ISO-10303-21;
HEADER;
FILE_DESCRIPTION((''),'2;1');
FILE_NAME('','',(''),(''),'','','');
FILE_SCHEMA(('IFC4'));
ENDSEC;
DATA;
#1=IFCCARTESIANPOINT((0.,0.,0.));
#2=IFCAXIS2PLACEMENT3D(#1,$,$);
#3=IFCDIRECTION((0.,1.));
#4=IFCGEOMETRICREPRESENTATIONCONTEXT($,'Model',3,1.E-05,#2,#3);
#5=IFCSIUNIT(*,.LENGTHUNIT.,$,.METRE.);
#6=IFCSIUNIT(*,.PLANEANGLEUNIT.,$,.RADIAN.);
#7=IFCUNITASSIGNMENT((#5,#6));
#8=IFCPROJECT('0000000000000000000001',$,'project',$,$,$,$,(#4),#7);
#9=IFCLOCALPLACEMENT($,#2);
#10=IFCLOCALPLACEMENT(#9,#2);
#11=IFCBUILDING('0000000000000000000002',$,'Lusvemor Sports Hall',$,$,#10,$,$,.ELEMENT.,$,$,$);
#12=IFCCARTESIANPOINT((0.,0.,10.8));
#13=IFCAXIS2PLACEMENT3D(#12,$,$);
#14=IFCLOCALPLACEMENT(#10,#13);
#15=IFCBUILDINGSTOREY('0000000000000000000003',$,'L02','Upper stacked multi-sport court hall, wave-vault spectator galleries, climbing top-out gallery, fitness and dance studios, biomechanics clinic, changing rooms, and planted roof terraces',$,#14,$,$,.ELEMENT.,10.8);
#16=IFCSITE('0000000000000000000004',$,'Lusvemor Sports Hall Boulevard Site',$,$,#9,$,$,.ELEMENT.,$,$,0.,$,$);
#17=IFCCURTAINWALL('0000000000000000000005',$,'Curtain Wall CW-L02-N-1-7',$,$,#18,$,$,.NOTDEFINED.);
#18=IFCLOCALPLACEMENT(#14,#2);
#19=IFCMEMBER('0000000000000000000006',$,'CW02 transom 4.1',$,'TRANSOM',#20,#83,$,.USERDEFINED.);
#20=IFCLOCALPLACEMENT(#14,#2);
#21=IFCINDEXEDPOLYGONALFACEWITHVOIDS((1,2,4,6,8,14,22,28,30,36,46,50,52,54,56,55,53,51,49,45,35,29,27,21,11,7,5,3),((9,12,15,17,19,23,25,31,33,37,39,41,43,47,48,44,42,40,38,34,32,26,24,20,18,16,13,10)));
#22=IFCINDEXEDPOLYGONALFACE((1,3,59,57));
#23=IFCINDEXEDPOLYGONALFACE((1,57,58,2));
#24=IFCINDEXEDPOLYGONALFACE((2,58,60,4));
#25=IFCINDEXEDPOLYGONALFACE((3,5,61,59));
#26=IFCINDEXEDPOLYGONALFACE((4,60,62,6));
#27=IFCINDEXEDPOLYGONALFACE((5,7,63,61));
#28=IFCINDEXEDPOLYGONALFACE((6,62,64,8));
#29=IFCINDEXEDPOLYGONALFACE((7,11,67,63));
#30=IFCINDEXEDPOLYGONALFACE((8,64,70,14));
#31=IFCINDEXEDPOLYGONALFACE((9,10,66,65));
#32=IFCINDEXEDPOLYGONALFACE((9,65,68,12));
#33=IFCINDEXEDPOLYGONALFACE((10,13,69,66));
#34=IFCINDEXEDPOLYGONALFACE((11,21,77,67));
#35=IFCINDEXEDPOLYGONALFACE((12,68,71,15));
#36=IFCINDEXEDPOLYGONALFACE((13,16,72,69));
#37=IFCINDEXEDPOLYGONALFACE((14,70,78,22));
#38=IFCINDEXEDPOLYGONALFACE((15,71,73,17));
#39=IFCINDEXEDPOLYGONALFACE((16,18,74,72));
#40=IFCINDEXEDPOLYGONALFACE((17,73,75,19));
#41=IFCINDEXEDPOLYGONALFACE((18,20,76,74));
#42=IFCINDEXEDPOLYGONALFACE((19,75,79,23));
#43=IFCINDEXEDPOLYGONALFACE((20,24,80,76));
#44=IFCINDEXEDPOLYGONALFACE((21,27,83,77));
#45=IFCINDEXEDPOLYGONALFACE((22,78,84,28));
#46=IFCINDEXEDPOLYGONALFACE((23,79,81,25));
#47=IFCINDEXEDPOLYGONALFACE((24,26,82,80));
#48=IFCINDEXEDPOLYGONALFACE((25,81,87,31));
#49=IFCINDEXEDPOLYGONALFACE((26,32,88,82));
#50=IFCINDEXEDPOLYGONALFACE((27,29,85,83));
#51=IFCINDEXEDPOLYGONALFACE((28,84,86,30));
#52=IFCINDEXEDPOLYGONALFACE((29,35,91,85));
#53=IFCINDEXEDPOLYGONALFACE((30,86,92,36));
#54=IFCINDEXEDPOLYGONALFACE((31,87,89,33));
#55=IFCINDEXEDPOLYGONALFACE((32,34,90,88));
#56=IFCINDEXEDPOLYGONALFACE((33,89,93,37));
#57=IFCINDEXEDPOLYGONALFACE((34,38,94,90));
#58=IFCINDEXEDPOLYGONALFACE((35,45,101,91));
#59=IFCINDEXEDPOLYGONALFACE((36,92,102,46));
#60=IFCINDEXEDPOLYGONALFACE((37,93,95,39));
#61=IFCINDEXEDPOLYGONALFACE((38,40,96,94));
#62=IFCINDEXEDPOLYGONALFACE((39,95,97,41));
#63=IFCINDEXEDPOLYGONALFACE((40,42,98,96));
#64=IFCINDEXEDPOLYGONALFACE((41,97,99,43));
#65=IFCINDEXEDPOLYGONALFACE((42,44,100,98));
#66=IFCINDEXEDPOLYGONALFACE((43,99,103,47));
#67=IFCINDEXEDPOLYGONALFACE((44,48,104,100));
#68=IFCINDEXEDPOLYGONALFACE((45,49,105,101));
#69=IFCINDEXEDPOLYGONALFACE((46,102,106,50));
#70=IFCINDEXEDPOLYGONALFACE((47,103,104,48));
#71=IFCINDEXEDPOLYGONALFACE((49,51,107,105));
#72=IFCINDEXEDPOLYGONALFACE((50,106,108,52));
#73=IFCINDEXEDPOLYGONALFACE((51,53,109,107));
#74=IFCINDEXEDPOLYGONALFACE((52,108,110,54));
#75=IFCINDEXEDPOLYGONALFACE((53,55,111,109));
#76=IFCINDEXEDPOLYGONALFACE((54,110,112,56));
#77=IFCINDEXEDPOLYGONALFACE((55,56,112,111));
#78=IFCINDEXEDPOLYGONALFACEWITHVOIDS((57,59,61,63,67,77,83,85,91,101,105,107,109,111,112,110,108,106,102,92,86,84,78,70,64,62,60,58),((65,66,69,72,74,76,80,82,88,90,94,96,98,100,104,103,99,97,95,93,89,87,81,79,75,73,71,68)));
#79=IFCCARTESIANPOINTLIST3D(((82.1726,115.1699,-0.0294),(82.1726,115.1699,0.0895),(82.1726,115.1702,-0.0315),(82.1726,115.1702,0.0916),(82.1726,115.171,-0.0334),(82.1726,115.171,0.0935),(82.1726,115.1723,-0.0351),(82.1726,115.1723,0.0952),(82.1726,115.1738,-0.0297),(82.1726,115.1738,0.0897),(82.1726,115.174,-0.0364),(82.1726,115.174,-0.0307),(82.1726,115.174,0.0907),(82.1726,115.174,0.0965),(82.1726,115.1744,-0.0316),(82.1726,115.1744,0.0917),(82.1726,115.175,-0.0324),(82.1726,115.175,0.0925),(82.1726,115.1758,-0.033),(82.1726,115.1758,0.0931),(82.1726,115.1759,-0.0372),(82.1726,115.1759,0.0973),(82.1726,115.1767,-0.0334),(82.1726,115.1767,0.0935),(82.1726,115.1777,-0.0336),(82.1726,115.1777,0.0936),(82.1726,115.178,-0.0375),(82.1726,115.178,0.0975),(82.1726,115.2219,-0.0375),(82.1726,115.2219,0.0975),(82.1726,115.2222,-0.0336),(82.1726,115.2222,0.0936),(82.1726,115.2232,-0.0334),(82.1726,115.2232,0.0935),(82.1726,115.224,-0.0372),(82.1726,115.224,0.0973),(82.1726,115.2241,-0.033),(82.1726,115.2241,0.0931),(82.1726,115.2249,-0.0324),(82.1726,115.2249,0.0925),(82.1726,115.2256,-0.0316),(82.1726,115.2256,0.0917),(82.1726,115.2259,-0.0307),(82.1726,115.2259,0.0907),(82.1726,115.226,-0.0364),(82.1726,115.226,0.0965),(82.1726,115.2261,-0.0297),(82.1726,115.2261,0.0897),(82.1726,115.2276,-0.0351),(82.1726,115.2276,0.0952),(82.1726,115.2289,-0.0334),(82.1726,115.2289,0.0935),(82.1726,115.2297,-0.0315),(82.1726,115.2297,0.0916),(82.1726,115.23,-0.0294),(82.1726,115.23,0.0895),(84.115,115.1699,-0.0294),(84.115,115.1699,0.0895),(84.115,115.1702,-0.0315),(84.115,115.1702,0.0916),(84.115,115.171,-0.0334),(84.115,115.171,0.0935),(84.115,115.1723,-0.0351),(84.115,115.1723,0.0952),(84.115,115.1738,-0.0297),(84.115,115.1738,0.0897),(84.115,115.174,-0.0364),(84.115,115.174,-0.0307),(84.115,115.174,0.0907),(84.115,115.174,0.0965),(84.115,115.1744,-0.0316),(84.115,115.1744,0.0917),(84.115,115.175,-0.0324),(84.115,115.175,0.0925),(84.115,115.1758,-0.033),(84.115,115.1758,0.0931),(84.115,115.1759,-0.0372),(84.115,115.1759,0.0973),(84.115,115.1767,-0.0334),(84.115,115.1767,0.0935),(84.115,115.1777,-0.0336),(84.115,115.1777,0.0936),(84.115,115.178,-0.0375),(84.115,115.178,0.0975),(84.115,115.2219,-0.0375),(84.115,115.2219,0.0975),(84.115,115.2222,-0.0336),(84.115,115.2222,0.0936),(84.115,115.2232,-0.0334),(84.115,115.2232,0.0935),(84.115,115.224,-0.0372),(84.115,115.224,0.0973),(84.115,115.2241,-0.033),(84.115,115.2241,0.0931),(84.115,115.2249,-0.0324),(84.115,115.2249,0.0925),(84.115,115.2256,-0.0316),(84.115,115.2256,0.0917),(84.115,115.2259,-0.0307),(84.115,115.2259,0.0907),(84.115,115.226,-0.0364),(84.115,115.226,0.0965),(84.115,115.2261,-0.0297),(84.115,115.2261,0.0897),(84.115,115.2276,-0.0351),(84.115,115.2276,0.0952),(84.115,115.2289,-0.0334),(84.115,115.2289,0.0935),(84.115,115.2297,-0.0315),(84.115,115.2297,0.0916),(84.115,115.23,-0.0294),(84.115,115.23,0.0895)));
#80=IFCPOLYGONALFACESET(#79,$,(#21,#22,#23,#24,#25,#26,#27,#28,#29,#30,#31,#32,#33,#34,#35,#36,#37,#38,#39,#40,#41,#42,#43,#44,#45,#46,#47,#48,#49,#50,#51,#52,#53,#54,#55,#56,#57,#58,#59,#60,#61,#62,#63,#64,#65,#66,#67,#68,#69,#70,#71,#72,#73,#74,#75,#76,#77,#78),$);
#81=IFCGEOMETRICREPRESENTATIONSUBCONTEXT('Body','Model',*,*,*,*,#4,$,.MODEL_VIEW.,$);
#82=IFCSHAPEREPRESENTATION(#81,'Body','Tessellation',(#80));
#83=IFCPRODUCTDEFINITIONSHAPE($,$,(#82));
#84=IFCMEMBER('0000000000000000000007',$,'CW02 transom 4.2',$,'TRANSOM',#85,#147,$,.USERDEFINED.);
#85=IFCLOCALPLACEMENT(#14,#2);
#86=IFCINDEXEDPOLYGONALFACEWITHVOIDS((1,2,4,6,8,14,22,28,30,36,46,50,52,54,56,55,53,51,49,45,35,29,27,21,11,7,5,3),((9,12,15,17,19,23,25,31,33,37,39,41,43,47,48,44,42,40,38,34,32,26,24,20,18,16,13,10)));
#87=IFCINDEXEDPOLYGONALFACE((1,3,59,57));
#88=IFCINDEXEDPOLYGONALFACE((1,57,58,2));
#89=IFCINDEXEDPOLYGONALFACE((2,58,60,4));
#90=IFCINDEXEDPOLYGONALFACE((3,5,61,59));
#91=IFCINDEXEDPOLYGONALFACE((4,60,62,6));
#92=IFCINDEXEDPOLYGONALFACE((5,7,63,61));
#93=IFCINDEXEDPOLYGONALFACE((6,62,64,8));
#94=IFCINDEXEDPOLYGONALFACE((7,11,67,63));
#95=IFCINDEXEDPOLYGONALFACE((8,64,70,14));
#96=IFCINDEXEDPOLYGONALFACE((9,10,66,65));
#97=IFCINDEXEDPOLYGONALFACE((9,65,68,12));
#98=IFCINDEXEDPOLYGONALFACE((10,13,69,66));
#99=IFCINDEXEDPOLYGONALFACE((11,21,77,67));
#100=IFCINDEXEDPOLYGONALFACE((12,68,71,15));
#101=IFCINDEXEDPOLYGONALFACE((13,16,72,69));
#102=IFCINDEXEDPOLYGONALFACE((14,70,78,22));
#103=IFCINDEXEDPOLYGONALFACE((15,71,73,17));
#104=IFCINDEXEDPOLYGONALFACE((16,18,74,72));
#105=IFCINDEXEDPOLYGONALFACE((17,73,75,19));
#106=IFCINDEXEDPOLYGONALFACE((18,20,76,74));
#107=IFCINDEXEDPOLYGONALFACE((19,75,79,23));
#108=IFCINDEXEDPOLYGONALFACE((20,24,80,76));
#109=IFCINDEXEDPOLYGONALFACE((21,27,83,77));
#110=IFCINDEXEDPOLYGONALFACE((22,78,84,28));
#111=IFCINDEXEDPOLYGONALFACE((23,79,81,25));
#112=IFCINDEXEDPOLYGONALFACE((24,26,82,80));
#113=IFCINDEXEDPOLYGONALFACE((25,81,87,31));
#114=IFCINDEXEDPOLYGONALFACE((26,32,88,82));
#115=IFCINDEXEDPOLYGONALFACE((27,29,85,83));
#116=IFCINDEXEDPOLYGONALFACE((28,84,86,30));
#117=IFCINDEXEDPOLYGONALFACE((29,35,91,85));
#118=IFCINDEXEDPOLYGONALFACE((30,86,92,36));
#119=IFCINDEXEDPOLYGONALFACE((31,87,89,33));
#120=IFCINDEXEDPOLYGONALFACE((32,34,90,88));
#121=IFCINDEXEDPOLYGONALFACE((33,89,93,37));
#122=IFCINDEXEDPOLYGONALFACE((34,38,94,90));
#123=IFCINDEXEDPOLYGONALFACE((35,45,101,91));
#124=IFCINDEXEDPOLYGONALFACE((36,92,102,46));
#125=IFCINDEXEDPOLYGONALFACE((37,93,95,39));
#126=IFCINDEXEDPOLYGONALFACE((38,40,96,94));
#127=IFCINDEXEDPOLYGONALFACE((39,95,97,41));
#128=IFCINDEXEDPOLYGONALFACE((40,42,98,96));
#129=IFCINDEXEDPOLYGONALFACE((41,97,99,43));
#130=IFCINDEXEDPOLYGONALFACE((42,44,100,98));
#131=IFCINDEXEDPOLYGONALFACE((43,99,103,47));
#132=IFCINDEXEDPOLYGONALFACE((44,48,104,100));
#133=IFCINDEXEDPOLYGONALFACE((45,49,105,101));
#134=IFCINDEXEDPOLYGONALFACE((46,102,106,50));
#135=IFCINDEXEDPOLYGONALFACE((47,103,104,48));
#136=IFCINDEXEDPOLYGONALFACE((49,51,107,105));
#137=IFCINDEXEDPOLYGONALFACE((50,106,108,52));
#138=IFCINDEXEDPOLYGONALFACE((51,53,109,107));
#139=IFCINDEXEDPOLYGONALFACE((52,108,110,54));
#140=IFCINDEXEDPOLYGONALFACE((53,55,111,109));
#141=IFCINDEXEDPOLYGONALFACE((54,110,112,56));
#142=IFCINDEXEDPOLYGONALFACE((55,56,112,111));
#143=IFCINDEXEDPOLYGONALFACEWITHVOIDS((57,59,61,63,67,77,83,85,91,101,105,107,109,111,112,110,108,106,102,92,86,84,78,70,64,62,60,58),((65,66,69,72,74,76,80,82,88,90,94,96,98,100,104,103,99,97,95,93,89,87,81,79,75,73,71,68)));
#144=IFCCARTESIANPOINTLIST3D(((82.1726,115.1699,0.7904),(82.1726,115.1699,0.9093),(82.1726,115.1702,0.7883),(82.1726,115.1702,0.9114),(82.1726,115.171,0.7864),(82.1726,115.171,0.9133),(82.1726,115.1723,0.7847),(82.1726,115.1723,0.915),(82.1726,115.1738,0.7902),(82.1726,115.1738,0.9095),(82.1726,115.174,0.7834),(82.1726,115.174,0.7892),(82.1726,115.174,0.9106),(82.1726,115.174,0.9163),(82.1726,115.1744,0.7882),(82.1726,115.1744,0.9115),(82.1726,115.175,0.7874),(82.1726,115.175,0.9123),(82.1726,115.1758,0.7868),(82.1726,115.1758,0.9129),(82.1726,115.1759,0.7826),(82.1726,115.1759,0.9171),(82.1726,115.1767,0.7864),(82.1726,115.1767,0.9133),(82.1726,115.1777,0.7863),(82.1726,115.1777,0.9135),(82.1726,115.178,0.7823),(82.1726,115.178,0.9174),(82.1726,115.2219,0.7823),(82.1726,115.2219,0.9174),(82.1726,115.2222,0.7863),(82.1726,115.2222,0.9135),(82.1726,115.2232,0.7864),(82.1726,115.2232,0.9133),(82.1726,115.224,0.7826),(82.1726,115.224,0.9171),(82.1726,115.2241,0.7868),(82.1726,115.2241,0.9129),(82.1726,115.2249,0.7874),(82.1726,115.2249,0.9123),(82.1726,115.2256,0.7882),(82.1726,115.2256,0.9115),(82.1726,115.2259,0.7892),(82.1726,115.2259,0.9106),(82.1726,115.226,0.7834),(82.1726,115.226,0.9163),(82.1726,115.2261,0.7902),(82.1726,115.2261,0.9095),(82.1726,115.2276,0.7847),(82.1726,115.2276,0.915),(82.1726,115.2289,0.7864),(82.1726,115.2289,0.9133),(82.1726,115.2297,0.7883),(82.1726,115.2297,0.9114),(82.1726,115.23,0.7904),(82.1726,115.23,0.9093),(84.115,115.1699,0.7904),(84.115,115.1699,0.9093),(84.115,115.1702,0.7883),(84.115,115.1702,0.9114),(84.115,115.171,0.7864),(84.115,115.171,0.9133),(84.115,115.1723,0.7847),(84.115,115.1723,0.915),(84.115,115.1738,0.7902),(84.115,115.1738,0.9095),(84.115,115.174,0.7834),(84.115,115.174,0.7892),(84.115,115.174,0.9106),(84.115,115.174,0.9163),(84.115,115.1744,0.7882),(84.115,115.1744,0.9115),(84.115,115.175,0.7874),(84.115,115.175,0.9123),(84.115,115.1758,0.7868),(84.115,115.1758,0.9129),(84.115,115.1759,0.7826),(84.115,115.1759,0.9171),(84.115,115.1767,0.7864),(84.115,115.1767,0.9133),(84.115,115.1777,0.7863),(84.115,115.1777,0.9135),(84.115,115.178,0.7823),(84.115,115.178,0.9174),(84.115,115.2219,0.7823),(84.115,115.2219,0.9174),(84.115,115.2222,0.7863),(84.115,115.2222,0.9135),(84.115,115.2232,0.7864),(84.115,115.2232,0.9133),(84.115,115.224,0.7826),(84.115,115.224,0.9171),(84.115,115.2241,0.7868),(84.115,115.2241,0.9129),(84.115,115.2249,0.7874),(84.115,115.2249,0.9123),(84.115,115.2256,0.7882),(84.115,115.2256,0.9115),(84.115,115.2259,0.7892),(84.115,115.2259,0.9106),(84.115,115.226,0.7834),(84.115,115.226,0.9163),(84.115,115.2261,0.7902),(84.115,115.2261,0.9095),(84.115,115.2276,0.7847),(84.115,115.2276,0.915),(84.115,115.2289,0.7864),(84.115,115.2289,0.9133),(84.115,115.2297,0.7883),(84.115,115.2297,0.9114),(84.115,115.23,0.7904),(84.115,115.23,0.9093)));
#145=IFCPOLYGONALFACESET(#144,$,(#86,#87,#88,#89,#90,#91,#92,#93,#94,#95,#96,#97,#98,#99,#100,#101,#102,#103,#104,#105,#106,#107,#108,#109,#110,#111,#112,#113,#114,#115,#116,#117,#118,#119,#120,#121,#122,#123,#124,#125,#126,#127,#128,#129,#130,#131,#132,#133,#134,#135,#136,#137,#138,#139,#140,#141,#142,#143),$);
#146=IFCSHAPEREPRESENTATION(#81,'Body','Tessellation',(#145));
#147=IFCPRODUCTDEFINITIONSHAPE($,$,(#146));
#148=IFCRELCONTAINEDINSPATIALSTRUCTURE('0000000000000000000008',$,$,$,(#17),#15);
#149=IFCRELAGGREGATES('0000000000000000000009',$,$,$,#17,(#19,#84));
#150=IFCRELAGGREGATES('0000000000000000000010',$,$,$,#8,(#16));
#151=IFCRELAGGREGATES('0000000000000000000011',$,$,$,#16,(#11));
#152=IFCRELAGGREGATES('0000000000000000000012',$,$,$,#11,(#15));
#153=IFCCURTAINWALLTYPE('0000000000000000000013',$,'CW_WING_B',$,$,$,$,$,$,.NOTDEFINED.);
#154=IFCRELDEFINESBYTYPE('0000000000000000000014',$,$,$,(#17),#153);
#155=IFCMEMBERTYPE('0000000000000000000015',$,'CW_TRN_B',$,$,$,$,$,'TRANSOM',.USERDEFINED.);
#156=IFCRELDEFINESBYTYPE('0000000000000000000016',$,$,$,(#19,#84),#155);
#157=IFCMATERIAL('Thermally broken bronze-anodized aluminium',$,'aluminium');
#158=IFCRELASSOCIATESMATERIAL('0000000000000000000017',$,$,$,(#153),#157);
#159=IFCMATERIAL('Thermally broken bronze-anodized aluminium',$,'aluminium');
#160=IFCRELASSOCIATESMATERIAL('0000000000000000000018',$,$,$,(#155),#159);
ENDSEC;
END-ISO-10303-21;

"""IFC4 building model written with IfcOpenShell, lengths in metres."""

from ifc_helpers import new_model, si_unit, direction, frame, origin, origin_2d, place, context, subcontext, project, spatial, hollow_rectangle, extrude, material, material_profile, profile_set, type_object, element, aggregate, save


model = new_model("IFC4")

# Units and contexts
model_context = context("Model", 3, precision=1e-05, world=origin(), true_north=direction((0.0, 1.0)))
body_context = subcontext(model_context, "Body", "Model", "MODEL_VIEW")
ifc_project = project(units=[si_unit("LENGTHUNIT", "METRE"), si_unit("PLANEANGLEUNIT", "RADIAN")], contexts=[model_context])

# Site, building, storey
site_placement = place(None, origin())
site = spatial("IfcSite", under=ifc_project, at=site_placement, Name="Lusvemor Sports Hall Boulevard Site", CompositionType="ELEMENT", RefElevation=0.0)
building_placement = place(site_placement, origin())
building = spatial("IfcBuilding", under=site, at=building_placement, Name="Lusvemor Sports Hall", CompositionType="ELEMENT")
storey_placement = place(building_placement, frame((0.0, 0.0, 10.8)))
storey = spatial("IfcBuildingStorey", under=building, at=storey_placement, Name="L02", Description="Upper stacked multi-sport court hall, wave-vault spectator galleries, climbing top-out gallery, fitness and dance studios, biomechanics clinic, changing rooms, and planted roof terraces", CompositionType="ELEMENT", Elevation=10.8)

# Curtain wall
ifc_material_1 = material(Name="Thermally broken bronze-anodized aluminium", Category="aluminium")
curtain_wall_type = type_object("IfcCurtainWallType", Name="CW_WING_B", PredefinedType="NOTDEFINED", material=ifc_material_1)
curtain_wall_1_placement = place(storey_placement, origin())
curtain_wall_1 = element("IfcCurtainWall", 1, at=curtain_wall_1_placement, inside=storey, type_object=curtain_wall_type, Name="Curtain Wall CW-L02-N-1-7", PredefinedType="NOTDEFINED")

# Members
ifc_material_2 = material(Name="Thermally broken bronze-anodized aluminium", Category="aluminium")
ifc_material_profile_1 = material_profile(ifc_material_2, hollow_rectangle(XDim=0.0601, YDim=0.135, WallThickness=0.0039, InnerFilletRadius=0.0039, OuterFilletRadius=0.0081, at=origin_2d()), Name="CWTRN135x60x4")
ifc_profile_set_1 = profile_set([ifc_material_profile_1], Name="Thermally broken bronze-anodized aluminium")
member_type_1 = type_object("IfcMemberType", Name="CW_TRN_B", ElementType="TRANSOM", PredefinedType="USERDEFINED", material=ifc_profile_set_1)
member_1_placement = place(storey_placement, frame((82.1726, 115.2, 0.03), z_axis=(1.0, 0.0, 0.0), x_axis=(0.0, 1.0, 0.0)))
member_1 = element("IfcMember", 2, at=member_1_placement, type_object=member_type_1, Name="CW02 transom 4.1", ObjectType="TRANSOM", PredefinedType="USERDEFINED", context=body_context, shape_type="SweptSolid", body=[
    extrude(hollow_rectangle(XDim=0.0601, YDim=0.135, WallThickness=0.0039, InnerFilletRadius=0.0039, OuterFilletRadius=0.0081, at=origin_2d()), origin(), (0.0, 0.0, 1.0), 1.9424),
])
member_2_placement = place(storey_placement, frame((82.1726, 115.2, 0.8499), z_axis=(1.0, 0.0, 0.0), x_axis=(0.0, 1.0, 0.0)))
member_2 = element("IfcMember", 3, at=member_2_placement, type_object=member_type_1, Name="CW02 transom 4.2", ObjectType="TRANSOM", PredefinedType="USERDEFINED", context=body_context, shape_type="SweptSolid", body=[
    extrude(hollow_rectangle(XDim=0.0601, YDim=0.135, WallThickness=0.0039, InnerFilletRadius=0.0039, OuterFilletRadius=0.0081, at=origin_2d()), origin(), (0.0, 0.0, 1.0), 1.9424),
])

aggregate(curtain_wall_1, [member_1, member_2])

save(model, "model.ifc")
